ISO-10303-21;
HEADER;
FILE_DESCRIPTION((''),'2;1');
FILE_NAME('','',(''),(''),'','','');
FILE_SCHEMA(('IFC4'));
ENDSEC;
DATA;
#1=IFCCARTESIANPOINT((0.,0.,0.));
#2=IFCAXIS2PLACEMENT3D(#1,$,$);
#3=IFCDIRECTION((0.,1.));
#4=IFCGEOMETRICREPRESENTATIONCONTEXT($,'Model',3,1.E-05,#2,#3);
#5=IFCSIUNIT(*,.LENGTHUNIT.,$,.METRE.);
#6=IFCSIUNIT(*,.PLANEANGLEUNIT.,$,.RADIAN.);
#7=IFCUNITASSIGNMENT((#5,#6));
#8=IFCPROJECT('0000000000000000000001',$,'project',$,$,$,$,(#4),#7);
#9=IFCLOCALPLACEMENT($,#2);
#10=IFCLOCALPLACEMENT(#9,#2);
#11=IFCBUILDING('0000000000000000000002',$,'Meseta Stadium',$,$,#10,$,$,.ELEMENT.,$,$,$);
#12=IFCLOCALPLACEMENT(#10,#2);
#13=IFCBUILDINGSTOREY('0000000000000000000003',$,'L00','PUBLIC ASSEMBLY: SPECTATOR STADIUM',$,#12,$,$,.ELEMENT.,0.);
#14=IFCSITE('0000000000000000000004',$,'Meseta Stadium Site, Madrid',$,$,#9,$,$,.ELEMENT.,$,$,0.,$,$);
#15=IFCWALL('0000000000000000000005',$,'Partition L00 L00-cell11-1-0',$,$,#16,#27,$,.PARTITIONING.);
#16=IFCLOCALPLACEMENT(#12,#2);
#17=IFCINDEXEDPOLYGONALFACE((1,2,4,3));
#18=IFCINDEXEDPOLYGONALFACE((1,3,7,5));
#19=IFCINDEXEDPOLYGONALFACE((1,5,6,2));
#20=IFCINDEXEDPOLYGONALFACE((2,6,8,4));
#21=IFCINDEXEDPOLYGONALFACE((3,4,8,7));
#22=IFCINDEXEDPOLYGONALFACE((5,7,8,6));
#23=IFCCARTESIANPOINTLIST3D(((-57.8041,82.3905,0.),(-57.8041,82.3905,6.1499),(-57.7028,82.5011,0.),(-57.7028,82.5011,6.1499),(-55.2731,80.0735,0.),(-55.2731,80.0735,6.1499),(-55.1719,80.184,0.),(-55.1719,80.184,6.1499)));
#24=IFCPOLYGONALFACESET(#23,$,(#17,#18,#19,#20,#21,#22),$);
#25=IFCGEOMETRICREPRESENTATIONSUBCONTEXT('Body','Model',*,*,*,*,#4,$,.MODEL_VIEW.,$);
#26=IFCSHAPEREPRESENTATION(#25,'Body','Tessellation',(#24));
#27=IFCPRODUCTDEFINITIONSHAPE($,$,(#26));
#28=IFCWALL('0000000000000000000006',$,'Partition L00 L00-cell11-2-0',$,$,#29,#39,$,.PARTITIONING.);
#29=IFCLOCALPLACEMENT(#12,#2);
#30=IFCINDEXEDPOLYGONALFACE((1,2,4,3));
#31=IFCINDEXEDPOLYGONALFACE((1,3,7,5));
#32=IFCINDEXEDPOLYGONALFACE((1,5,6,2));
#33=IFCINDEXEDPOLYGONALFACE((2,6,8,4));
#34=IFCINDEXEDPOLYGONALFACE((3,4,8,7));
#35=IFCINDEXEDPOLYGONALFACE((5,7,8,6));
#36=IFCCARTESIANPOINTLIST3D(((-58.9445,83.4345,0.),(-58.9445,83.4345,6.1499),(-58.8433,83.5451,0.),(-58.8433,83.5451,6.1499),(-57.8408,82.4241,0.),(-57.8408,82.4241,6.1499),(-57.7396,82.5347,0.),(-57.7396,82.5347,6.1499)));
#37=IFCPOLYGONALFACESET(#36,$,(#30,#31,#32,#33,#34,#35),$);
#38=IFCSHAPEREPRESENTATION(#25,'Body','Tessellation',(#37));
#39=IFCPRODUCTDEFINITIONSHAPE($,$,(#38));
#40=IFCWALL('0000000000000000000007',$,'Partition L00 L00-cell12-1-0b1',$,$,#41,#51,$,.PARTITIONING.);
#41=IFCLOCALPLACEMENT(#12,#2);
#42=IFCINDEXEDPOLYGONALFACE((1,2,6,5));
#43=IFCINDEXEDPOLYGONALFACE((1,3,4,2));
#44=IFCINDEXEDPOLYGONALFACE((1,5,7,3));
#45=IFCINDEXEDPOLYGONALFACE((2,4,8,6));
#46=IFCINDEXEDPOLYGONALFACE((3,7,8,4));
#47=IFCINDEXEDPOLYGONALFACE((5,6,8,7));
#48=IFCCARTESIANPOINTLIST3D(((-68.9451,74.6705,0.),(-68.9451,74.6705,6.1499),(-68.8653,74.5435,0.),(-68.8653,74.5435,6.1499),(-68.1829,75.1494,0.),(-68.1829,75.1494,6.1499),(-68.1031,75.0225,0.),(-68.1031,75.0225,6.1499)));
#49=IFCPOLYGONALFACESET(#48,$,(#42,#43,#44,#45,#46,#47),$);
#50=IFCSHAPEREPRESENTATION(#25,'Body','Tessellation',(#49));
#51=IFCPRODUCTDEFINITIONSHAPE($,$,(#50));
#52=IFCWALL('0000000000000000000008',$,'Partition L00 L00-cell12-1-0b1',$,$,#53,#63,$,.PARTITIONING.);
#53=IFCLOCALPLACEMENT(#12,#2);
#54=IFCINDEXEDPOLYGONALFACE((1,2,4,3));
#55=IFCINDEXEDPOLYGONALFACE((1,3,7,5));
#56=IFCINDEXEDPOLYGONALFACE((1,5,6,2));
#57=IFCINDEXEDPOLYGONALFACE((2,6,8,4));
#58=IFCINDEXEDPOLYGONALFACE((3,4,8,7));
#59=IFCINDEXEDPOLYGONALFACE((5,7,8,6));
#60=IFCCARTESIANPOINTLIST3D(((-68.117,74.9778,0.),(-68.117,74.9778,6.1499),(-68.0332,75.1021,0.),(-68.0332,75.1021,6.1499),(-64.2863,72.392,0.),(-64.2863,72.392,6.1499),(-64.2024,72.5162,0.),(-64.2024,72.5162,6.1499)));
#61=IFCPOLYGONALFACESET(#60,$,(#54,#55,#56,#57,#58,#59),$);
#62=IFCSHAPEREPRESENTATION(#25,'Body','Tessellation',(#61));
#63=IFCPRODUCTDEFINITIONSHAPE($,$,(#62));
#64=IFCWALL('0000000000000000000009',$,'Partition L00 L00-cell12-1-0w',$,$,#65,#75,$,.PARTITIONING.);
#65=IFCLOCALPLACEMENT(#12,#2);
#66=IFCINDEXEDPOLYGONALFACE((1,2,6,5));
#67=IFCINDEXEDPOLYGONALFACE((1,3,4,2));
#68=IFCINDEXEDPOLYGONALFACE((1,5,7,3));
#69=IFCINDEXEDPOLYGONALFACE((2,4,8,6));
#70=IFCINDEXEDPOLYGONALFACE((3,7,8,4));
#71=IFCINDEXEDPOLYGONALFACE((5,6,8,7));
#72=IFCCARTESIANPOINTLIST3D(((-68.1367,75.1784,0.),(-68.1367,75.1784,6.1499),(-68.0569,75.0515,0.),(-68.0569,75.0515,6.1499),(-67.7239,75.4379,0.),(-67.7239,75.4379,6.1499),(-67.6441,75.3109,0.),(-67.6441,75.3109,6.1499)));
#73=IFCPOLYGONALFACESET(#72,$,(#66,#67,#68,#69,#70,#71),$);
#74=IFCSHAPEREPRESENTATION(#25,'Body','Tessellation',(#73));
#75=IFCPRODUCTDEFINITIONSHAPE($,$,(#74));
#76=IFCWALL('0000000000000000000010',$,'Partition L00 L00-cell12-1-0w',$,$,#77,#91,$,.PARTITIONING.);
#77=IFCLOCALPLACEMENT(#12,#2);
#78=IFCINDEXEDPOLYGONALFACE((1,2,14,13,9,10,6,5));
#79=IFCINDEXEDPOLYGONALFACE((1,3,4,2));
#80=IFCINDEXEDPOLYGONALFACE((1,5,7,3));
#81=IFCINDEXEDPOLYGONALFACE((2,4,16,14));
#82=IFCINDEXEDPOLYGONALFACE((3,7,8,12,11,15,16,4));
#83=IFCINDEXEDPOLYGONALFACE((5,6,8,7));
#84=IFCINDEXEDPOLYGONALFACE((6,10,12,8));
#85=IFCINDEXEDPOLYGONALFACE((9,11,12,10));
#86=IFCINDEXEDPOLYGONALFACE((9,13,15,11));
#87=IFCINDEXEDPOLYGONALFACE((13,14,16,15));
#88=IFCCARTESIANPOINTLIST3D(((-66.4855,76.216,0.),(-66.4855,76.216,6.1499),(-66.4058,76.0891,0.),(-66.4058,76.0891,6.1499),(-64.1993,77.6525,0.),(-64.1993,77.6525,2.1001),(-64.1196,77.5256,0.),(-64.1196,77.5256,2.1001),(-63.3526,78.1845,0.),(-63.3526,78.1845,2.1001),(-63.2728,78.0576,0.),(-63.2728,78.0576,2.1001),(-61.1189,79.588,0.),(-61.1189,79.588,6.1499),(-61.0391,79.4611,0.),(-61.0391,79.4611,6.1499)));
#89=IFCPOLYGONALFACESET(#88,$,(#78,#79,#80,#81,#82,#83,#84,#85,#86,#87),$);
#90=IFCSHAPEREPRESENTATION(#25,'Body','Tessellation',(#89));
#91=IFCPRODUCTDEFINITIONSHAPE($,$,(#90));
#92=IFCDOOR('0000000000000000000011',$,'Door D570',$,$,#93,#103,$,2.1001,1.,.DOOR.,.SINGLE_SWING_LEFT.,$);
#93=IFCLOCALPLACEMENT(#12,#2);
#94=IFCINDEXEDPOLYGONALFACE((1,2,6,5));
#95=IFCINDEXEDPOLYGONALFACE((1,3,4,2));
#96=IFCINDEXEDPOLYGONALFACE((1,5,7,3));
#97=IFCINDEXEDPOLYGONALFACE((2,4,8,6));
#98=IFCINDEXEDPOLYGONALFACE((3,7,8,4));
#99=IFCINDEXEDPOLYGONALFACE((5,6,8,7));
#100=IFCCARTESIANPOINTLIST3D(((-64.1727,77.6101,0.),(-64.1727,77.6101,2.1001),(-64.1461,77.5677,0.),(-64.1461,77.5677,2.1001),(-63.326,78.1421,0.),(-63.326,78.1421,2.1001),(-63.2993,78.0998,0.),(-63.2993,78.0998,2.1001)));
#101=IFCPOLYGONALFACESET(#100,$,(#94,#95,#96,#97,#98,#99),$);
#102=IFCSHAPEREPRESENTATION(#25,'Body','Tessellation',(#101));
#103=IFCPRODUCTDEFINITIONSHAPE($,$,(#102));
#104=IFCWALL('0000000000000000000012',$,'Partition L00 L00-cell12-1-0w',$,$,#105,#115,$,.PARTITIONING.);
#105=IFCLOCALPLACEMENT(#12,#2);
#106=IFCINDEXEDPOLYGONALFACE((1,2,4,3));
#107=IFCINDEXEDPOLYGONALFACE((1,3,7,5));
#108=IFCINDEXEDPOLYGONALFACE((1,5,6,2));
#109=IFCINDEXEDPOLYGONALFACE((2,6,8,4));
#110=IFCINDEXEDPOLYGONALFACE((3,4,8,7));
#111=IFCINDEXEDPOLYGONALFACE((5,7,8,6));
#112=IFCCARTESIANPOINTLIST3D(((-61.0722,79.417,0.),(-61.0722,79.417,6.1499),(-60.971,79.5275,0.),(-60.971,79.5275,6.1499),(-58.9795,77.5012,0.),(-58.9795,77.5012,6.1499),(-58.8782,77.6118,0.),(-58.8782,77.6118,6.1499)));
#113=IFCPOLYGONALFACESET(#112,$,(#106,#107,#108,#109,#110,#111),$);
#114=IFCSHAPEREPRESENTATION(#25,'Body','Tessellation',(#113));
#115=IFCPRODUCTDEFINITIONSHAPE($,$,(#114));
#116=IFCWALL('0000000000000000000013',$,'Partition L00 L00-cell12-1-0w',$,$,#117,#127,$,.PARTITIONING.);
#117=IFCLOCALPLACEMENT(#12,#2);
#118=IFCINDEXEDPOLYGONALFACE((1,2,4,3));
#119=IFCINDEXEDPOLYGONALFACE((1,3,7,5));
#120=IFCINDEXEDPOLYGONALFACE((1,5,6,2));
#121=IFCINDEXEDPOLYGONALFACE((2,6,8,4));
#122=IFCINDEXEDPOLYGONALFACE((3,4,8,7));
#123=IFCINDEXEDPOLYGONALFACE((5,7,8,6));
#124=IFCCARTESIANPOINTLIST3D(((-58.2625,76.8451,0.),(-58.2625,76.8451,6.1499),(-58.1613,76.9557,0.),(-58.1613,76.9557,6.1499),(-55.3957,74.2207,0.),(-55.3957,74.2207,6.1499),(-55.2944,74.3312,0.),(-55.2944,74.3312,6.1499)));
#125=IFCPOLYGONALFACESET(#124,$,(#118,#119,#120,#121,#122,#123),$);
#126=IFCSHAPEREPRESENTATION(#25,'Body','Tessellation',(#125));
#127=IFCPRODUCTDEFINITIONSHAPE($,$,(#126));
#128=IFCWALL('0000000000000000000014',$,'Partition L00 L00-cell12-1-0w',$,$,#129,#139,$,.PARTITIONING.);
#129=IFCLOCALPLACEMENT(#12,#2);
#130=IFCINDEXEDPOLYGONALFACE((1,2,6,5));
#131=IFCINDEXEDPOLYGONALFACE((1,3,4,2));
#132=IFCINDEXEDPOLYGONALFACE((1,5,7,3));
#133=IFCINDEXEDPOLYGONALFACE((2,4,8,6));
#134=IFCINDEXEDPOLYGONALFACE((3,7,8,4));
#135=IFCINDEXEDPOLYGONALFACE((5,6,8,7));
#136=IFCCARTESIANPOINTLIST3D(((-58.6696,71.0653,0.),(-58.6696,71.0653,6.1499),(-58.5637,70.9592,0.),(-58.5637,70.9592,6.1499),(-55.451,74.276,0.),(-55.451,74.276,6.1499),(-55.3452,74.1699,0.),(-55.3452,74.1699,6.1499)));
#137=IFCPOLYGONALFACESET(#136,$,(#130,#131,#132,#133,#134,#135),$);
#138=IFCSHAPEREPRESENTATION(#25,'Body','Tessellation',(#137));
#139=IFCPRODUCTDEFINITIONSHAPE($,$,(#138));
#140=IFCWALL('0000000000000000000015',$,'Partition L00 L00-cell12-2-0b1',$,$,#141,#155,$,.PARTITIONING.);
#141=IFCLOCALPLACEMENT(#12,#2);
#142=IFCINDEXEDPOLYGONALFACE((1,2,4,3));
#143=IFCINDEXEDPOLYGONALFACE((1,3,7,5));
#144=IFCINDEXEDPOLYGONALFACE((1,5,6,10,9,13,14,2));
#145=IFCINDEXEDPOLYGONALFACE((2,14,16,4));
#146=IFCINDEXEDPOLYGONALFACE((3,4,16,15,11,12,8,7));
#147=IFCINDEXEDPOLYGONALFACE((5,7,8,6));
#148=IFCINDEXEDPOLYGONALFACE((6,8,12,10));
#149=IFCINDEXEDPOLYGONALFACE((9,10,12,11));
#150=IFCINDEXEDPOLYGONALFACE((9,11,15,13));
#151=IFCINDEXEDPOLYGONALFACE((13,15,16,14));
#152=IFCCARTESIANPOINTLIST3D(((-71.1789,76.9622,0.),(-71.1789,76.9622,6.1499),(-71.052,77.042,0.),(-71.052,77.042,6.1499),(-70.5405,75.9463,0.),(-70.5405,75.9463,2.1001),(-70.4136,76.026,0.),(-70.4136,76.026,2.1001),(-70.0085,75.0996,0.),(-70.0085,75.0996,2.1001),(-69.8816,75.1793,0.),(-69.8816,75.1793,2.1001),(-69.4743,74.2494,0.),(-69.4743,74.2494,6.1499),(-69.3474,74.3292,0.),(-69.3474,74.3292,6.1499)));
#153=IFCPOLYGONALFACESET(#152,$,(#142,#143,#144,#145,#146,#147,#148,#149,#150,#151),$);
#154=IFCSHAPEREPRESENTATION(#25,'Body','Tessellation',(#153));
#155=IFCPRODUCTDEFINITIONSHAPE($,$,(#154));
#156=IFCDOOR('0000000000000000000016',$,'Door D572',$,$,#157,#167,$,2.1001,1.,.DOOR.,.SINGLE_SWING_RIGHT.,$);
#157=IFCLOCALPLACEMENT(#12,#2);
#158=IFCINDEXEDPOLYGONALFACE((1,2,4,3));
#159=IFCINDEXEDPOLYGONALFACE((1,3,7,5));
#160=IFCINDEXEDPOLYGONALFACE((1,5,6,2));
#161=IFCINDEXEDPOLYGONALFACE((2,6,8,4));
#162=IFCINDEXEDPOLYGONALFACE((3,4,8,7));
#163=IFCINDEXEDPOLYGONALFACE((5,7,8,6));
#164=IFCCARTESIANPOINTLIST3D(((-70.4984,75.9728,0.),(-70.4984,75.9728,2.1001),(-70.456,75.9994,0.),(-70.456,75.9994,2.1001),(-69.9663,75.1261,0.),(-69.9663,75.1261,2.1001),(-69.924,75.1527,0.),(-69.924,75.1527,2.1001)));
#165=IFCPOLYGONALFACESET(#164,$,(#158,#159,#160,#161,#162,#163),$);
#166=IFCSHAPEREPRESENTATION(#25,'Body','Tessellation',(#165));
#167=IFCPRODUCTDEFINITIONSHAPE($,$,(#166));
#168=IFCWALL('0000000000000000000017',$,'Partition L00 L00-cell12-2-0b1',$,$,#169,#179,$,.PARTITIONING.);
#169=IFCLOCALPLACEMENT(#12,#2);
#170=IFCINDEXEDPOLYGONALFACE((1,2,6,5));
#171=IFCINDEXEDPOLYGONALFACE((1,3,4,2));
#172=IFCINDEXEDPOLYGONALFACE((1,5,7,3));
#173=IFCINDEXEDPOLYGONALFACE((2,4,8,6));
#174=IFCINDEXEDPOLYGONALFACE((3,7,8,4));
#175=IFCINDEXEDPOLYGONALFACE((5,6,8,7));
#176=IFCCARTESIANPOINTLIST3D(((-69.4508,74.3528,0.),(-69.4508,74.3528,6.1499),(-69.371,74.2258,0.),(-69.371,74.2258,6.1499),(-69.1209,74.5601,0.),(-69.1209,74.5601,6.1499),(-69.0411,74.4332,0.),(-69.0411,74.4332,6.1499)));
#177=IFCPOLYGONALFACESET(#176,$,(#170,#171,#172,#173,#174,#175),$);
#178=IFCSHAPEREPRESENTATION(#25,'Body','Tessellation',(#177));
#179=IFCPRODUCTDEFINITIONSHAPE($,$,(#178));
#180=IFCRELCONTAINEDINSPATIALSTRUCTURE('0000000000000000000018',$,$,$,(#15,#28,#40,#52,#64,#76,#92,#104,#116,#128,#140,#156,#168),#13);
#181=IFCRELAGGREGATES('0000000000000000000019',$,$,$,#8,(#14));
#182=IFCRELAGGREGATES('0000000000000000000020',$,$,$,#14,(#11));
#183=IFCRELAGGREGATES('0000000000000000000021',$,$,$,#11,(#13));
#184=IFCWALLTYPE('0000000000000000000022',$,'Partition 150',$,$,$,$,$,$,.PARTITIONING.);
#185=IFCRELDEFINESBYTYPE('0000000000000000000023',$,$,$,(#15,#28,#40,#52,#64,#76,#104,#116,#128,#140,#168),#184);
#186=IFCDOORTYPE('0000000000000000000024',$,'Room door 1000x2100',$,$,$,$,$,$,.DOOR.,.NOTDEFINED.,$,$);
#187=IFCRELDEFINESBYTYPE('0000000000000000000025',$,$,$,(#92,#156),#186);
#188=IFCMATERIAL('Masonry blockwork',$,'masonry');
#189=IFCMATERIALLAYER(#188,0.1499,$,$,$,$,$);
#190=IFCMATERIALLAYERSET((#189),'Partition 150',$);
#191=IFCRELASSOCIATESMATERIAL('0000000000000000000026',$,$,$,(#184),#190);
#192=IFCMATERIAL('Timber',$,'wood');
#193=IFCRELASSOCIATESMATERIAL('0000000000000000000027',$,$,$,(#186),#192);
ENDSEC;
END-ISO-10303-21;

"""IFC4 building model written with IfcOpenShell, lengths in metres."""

from ifc_helpers import new_model, si_unit, direction, frame, frame_2d, origin, place, context, subcontext, project, spatial, rectangle, extrude, material, layer, layer_set, type_object, element, fill, save


model = new_model("IFC4")

# Units and contexts
model_context = context("Model", 3, precision=1e-05, world=origin(), true_north=direction((0.0, 1.0)))
body_context = subcontext(model_context, "Body", "Model", "MODEL_VIEW")
ifc_project = project(units=[si_unit("LENGTHUNIT", "METRE"), si_unit("PLANEANGLEUNIT", "RADIAN")], contexts=[model_context])

# Site, building, storey
site_placement = place(None, origin())
site = spatial("IfcSite", under=ifc_project, at=site_placement, Name="Meseta Stadium Site, Madrid", CompositionType="ELEMENT", RefElevation=0.0)
building_placement = place(site_placement, origin())
building = spatial("IfcBuilding", under=site, at=building_placement, Name="Meseta Stadium", CompositionType="ELEMENT")
storey_placement = place(building_placement, origin())
storey = spatial("IfcBuildingStorey", under=building, at=storey_placement, Name="L00", Description="PUBLIC ASSEMBLY: SPECTATOR STADIUM", CompositionType="ELEMENT", Elevation=0.0)

# Walls
ifc_material_1 = material(Name="Masonry blockwork", Category="masonry")
ifc_layer_1 = layer(ifc_material_1, 0.1499)
ifc_layer_set_1 = layer_set([ifc_layer_1], Name="Partition 150")
wall_type_1 = type_object("IfcWallType", Name="Partition 150", PredefinedType="PARTITIONING", material=ifc_layer_set_1)
wall_1_placement = place(storey_placement, frame((-55.2224, 80.1287, 0.0), z_axis=(0.0, 0.0, 1.0), x_axis=(-0.737582, 0.675257, 0.0)))
element("IfcWall", 1, at=wall_1_placement, inside=storey, type_object=wall_type_1, Name="Partition L00 L00-cell11-1-0", PredefinedType="PARTITIONING", context=body_context, shape_type="SweptSolid", body=[
    extrude(rectangle(XDim=3.4314, YDim=0.1499, at=frame_2d((1.7158, 0.0))), origin(), (0.0, 0.0, 1.0), 6.1499),
])
wall_2_placement = place(storey_placement, frame((-57.7903, 82.4795, 0.0), z_axis=(0.0, 0.0, 1.0), x_axis=(-0.737581, 0.675259, 0.0)))
element("IfcWall", 2, at=wall_2_placement, inside=storey, type_object=wall_type_1, Name="Partition L00 L00-cell11-2-0", PredefinedType="PARTITIONING", context=body_context, shape_type="SweptSolid", body=[
    extrude(rectangle(XDim=1.4963, YDim=0.1499, at=frame_2d((0.748, 0.0))), origin(), (0.0, 0.0, 1.0), 6.1499),
])
wall_3_placement = place(storey_placement, frame((-68.9053, 74.6069, 0.0), z_axis=(0.0, 0.0, 1.0), x_axis=(0.846685, 0.532094, 0.0)))
element("IfcWall", 3, at=wall_3_placement, inside=storey, type_object=wall_type_1, Name="Partition L00 L00-cell12-1-0b1", PredefinedType="PARTITIONING", context=body_context, shape_type="SweptSolid", body=[
    extrude(rectangle(XDim=0.9001, YDim=0.1499, at=frame_2d((0.4502, 0.0))), origin(), (0.0, 0.0, 1.0), 6.1499),
])
wall_4_placement = place(storey_placement, frame((-68.0752, 75.04, 0.0), z_axis=(0.0, 0.0, 1.0), x_axis=(0.828835, -0.559494, 0.0)))
element("IfcWall", 4, at=wall_4_placement, inside=storey, type_object=wall_type_1, Name="Partition L00 L00-cell12-1-0b1", PredefinedType="PARTITIONING", context=body_context, shape_type="SweptSolid", body=[
    extrude(rectangle(XDim=4.6218, YDim=0.1499, at=frame_2d((2.311, 0.0))), origin(), (0.0, 0.0, 1.0), 6.1499),
])
wall_5_placement = place(storey_placement, frame((-68.0967, 75.115, 0.0), z_axis=(0.0, 0.0, 1.0), x_axis=(0.846617, 0.532202, 0.0)))
element("IfcWall", 5, at=wall_5_placement, inside=storey, type_object=wall_type_1, Name="Partition L00 L00-cell12-1-0w", PredefinedType="PARTITIONING", context=body_context, shape_type="SweptSolid", body=[
    extrude(rectangle(XDim=0.4875, YDim=0.1499, at=frame_2d((0.2437, 0.0))), origin(), (0.0, 0.0, 1.0), 6.1499),
])

# Wall, opening, door
wall_6_placement = place(storey_placement, frame((-66.4456, 76.1526, 0.0), z_axis=(0.0, 0.0, 1.0), x_axis=(0.846728, 0.532026, 0.0)))
wall_6 = element("IfcWall", 6, at=wall_6_placement, inside=storey, type_object=wall_type_1, Name="Partition L00 L00-cell12-1-0w", PredefinedType="PARTITIONING", context=body_context, shape_type="SweptSolid", body=[
    extrude(rectangle(XDim=6.3381, YDim=0.1499, at=frame_2d((3.1689, 0.0))), origin(), (0.0, 0.0, 1.0), 6.1499),
])
opening_1_placement = place(wall_6_placement, frame((2.7, 0.0, 0.0)))
opening_1 = element("IfcOpeningElement", 7, at=opening_1_placement, cuts=wall_6, PredefinedType="OPENING", context=body_context, shape_type="SweptSolid", body=[
    extrude(rectangle(XDim=1.0, YDim=2.1001, at=frame_2d((0.5, 1.05))), frame((0.0, 0.085, 0.0), z_axis=(0.0, -1.0, 0.0), x_axis=(1.0, 0.0, 0.0)), (0.0, 0.0, 1.0), 0.1699),
])
ifc_material_2 = material(Name="Timber", Category="wood")
door_type_1 = type_object("IfcDoorType", Name="Room door 1000x2100", OperationType="NOTDEFINED", PredefinedType="DOOR", material=ifc_material_2)
door_1_placement = place(opening_1_placement, origin())
door_1 = element("IfcDoor", 8, at=door_1_placement, inside=storey, type_object=door_type_1, Name="Door D570", OperationType="SINGLE_SWING_LEFT", OverallHeight=2.1001, OverallWidth=1.0, PredefinedType="DOOR", context=body_context, shape_type="SweptSolid", body=[
    extrude(rectangle(XDim=1.0, YDim=2.1001, at=frame_2d((0.5, 1.05))), frame((0.0, 0.0249, 0.0), z_axis=(0.0, -1.0, 0.0), x_axis=(1.0, 0.0, 0.0)), (0.0, 0.0, 1.0), 0.05),
])
fill(opening_1, door_1)

# Walls
wall_7_placement = place(storey_placement, frame((-61.0215, 79.4722, 0.0), z_axis=(0.0, 0.0, 1.0), x_axis=(0.737611, -0.675226, 0.0)))
element("IfcWall", 9, at=wall_7_placement, inside=storey, type_object=wall_type_1, Name="Partition L00 L00-cell12-1-0w", PredefinedType="PARTITIONING", context=body_context, shape_type="SweptSolid", body=[
    extrude(rectangle(XDim=2.8372, YDim=0.1499, at=frame_2d((1.4185, 0.0))), origin(), (0.0, 0.0, 1.0), 6.1499),
])
wall_8_placement = place(storey_placement, frame((-58.2119, 76.9004, 0.0), z_axis=(0.0, 0.0, 1.0), x_axis=(0.737605, -0.675232, 0.0)))
element("IfcWall", 10, at=wall_8_placement, inside=storey, type_object=wall_type_1, Name="Partition L00 L00-cell12-1-0w", PredefinedType="PARTITIONING", context=body_context, shape_type="SweptSolid", body=[
    extrude(rectangle(XDim=3.8867, YDim=0.1499, at=frame_2d((1.9434, 0.0))), origin(), (0.0, 0.0, 1.0), 6.1499),
])
wall_9_placement = place(storey_placement, frame((-55.3982, 74.2229, 0.0), z_axis=(0.0, 0.0, 1.0), x_axis=(-0.707966, -0.706247, 0.0)))
element("IfcWall", 11, at=wall_9_placement, inside=storey, type_object=wall_type_1, Name="Partition L00 L00-cell12-1-0w", PredefinedType="PARTITIONING", context=body_context, shape_type="SweptSolid", body=[
    extrude(rectangle(XDim=4.5461, YDim=0.1499, at=frame_2d((2.2729, 0.0))), origin(), (0.0, 0.0, 1.0), 6.1499),
])

# Wall, opening, door
wall_10_placement = place(storey_placement, frame((-71.1155, 77.0022, 0.0), z_axis=(0.0, 0.0, 1.0), x_axis=(0.532025, -0.846729, 0.0)))
wall_10 = element("IfcWall", 12, at=wall_10_placement, inside=storey, type_object=wall_type_1, Name="Partition L00 L00-cell12-2-0b1", PredefinedType="PARTITIONING", context=body_context, shape_type="SweptSolid", body=[
    extrude(rectangle(XDim=3.2039, YDim=0.1499, at=frame_2d((1.6021, 0.0))), origin(), (0.0, 0.0, 1.0), 6.1499),
])
opening_2_placement = place(wall_10_placement, frame((1.2, 0.0, 0.0)))
opening_2 = element("IfcOpeningElement", 13, at=opening_2_placement, cuts=wall_10, PredefinedType="OPENING", context=body_context, shape_type="SweptSolid", body=[
    extrude(rectangle(XDim=1.0, YDim=2.1001, at=frame_2d((0.5, 1.05))), frame((0.0, 0.085, 0.0), z_axis=(0.0, -1.0, 0.0), x_axis=(1.0, 0.0, 0.0)), (0.0, 0.0, 1.0), 0.1699),
])
door_2_placement = place(opening_2_placement, origin())
door_2 = element("IfcDoor", 14, at=door_2_placement, inside=storey, type_object=door_type_1, Name="Door D572", OperationType="SINGLE_SWING_RIGHT", OverallHeight=2.1001, OverallWidth=1.0, PredefinedType="DOOR", context=body_context, shape_type="SweptSolid", body=[
    extrude(rectangle(XDim=1.0, YDim=2.1001, at=frame_2d((0.5, 1.05))), frame((0.0, 0.0249, 0.0), z_axis=(0.0, -1.0, 0.0), x_axis=(1.0, 0.0, 0.0)), (0.0, 0.0, 1.0), 0.05),
])
fill(opening_2, door_2)

# Wall
wall_11_placement = place(storey_placement, frame((-69.4109, 74.2893, 0.0), z_axis=(0.0, 0.0, 1.0), x_axis=(0.846693, 0.532082, 0.0)))
element("IfcWall", 15, at=wall_11_placement, inside=storey, type_object=wall_type_1, Name="Partition L00 L00-cell12-2-0b1", PredefinedType="PARTITIONING", context=body_context, shape_type="SweptSolid", body=[
    extrude(rectangle(XDim=0.3896, YDim=0.1499, at=frame_2d((0.1948, 0.0))), origin(), (0.0, 0.0, 1.0), 6.1499),
])

save(model, "model.ifc")
